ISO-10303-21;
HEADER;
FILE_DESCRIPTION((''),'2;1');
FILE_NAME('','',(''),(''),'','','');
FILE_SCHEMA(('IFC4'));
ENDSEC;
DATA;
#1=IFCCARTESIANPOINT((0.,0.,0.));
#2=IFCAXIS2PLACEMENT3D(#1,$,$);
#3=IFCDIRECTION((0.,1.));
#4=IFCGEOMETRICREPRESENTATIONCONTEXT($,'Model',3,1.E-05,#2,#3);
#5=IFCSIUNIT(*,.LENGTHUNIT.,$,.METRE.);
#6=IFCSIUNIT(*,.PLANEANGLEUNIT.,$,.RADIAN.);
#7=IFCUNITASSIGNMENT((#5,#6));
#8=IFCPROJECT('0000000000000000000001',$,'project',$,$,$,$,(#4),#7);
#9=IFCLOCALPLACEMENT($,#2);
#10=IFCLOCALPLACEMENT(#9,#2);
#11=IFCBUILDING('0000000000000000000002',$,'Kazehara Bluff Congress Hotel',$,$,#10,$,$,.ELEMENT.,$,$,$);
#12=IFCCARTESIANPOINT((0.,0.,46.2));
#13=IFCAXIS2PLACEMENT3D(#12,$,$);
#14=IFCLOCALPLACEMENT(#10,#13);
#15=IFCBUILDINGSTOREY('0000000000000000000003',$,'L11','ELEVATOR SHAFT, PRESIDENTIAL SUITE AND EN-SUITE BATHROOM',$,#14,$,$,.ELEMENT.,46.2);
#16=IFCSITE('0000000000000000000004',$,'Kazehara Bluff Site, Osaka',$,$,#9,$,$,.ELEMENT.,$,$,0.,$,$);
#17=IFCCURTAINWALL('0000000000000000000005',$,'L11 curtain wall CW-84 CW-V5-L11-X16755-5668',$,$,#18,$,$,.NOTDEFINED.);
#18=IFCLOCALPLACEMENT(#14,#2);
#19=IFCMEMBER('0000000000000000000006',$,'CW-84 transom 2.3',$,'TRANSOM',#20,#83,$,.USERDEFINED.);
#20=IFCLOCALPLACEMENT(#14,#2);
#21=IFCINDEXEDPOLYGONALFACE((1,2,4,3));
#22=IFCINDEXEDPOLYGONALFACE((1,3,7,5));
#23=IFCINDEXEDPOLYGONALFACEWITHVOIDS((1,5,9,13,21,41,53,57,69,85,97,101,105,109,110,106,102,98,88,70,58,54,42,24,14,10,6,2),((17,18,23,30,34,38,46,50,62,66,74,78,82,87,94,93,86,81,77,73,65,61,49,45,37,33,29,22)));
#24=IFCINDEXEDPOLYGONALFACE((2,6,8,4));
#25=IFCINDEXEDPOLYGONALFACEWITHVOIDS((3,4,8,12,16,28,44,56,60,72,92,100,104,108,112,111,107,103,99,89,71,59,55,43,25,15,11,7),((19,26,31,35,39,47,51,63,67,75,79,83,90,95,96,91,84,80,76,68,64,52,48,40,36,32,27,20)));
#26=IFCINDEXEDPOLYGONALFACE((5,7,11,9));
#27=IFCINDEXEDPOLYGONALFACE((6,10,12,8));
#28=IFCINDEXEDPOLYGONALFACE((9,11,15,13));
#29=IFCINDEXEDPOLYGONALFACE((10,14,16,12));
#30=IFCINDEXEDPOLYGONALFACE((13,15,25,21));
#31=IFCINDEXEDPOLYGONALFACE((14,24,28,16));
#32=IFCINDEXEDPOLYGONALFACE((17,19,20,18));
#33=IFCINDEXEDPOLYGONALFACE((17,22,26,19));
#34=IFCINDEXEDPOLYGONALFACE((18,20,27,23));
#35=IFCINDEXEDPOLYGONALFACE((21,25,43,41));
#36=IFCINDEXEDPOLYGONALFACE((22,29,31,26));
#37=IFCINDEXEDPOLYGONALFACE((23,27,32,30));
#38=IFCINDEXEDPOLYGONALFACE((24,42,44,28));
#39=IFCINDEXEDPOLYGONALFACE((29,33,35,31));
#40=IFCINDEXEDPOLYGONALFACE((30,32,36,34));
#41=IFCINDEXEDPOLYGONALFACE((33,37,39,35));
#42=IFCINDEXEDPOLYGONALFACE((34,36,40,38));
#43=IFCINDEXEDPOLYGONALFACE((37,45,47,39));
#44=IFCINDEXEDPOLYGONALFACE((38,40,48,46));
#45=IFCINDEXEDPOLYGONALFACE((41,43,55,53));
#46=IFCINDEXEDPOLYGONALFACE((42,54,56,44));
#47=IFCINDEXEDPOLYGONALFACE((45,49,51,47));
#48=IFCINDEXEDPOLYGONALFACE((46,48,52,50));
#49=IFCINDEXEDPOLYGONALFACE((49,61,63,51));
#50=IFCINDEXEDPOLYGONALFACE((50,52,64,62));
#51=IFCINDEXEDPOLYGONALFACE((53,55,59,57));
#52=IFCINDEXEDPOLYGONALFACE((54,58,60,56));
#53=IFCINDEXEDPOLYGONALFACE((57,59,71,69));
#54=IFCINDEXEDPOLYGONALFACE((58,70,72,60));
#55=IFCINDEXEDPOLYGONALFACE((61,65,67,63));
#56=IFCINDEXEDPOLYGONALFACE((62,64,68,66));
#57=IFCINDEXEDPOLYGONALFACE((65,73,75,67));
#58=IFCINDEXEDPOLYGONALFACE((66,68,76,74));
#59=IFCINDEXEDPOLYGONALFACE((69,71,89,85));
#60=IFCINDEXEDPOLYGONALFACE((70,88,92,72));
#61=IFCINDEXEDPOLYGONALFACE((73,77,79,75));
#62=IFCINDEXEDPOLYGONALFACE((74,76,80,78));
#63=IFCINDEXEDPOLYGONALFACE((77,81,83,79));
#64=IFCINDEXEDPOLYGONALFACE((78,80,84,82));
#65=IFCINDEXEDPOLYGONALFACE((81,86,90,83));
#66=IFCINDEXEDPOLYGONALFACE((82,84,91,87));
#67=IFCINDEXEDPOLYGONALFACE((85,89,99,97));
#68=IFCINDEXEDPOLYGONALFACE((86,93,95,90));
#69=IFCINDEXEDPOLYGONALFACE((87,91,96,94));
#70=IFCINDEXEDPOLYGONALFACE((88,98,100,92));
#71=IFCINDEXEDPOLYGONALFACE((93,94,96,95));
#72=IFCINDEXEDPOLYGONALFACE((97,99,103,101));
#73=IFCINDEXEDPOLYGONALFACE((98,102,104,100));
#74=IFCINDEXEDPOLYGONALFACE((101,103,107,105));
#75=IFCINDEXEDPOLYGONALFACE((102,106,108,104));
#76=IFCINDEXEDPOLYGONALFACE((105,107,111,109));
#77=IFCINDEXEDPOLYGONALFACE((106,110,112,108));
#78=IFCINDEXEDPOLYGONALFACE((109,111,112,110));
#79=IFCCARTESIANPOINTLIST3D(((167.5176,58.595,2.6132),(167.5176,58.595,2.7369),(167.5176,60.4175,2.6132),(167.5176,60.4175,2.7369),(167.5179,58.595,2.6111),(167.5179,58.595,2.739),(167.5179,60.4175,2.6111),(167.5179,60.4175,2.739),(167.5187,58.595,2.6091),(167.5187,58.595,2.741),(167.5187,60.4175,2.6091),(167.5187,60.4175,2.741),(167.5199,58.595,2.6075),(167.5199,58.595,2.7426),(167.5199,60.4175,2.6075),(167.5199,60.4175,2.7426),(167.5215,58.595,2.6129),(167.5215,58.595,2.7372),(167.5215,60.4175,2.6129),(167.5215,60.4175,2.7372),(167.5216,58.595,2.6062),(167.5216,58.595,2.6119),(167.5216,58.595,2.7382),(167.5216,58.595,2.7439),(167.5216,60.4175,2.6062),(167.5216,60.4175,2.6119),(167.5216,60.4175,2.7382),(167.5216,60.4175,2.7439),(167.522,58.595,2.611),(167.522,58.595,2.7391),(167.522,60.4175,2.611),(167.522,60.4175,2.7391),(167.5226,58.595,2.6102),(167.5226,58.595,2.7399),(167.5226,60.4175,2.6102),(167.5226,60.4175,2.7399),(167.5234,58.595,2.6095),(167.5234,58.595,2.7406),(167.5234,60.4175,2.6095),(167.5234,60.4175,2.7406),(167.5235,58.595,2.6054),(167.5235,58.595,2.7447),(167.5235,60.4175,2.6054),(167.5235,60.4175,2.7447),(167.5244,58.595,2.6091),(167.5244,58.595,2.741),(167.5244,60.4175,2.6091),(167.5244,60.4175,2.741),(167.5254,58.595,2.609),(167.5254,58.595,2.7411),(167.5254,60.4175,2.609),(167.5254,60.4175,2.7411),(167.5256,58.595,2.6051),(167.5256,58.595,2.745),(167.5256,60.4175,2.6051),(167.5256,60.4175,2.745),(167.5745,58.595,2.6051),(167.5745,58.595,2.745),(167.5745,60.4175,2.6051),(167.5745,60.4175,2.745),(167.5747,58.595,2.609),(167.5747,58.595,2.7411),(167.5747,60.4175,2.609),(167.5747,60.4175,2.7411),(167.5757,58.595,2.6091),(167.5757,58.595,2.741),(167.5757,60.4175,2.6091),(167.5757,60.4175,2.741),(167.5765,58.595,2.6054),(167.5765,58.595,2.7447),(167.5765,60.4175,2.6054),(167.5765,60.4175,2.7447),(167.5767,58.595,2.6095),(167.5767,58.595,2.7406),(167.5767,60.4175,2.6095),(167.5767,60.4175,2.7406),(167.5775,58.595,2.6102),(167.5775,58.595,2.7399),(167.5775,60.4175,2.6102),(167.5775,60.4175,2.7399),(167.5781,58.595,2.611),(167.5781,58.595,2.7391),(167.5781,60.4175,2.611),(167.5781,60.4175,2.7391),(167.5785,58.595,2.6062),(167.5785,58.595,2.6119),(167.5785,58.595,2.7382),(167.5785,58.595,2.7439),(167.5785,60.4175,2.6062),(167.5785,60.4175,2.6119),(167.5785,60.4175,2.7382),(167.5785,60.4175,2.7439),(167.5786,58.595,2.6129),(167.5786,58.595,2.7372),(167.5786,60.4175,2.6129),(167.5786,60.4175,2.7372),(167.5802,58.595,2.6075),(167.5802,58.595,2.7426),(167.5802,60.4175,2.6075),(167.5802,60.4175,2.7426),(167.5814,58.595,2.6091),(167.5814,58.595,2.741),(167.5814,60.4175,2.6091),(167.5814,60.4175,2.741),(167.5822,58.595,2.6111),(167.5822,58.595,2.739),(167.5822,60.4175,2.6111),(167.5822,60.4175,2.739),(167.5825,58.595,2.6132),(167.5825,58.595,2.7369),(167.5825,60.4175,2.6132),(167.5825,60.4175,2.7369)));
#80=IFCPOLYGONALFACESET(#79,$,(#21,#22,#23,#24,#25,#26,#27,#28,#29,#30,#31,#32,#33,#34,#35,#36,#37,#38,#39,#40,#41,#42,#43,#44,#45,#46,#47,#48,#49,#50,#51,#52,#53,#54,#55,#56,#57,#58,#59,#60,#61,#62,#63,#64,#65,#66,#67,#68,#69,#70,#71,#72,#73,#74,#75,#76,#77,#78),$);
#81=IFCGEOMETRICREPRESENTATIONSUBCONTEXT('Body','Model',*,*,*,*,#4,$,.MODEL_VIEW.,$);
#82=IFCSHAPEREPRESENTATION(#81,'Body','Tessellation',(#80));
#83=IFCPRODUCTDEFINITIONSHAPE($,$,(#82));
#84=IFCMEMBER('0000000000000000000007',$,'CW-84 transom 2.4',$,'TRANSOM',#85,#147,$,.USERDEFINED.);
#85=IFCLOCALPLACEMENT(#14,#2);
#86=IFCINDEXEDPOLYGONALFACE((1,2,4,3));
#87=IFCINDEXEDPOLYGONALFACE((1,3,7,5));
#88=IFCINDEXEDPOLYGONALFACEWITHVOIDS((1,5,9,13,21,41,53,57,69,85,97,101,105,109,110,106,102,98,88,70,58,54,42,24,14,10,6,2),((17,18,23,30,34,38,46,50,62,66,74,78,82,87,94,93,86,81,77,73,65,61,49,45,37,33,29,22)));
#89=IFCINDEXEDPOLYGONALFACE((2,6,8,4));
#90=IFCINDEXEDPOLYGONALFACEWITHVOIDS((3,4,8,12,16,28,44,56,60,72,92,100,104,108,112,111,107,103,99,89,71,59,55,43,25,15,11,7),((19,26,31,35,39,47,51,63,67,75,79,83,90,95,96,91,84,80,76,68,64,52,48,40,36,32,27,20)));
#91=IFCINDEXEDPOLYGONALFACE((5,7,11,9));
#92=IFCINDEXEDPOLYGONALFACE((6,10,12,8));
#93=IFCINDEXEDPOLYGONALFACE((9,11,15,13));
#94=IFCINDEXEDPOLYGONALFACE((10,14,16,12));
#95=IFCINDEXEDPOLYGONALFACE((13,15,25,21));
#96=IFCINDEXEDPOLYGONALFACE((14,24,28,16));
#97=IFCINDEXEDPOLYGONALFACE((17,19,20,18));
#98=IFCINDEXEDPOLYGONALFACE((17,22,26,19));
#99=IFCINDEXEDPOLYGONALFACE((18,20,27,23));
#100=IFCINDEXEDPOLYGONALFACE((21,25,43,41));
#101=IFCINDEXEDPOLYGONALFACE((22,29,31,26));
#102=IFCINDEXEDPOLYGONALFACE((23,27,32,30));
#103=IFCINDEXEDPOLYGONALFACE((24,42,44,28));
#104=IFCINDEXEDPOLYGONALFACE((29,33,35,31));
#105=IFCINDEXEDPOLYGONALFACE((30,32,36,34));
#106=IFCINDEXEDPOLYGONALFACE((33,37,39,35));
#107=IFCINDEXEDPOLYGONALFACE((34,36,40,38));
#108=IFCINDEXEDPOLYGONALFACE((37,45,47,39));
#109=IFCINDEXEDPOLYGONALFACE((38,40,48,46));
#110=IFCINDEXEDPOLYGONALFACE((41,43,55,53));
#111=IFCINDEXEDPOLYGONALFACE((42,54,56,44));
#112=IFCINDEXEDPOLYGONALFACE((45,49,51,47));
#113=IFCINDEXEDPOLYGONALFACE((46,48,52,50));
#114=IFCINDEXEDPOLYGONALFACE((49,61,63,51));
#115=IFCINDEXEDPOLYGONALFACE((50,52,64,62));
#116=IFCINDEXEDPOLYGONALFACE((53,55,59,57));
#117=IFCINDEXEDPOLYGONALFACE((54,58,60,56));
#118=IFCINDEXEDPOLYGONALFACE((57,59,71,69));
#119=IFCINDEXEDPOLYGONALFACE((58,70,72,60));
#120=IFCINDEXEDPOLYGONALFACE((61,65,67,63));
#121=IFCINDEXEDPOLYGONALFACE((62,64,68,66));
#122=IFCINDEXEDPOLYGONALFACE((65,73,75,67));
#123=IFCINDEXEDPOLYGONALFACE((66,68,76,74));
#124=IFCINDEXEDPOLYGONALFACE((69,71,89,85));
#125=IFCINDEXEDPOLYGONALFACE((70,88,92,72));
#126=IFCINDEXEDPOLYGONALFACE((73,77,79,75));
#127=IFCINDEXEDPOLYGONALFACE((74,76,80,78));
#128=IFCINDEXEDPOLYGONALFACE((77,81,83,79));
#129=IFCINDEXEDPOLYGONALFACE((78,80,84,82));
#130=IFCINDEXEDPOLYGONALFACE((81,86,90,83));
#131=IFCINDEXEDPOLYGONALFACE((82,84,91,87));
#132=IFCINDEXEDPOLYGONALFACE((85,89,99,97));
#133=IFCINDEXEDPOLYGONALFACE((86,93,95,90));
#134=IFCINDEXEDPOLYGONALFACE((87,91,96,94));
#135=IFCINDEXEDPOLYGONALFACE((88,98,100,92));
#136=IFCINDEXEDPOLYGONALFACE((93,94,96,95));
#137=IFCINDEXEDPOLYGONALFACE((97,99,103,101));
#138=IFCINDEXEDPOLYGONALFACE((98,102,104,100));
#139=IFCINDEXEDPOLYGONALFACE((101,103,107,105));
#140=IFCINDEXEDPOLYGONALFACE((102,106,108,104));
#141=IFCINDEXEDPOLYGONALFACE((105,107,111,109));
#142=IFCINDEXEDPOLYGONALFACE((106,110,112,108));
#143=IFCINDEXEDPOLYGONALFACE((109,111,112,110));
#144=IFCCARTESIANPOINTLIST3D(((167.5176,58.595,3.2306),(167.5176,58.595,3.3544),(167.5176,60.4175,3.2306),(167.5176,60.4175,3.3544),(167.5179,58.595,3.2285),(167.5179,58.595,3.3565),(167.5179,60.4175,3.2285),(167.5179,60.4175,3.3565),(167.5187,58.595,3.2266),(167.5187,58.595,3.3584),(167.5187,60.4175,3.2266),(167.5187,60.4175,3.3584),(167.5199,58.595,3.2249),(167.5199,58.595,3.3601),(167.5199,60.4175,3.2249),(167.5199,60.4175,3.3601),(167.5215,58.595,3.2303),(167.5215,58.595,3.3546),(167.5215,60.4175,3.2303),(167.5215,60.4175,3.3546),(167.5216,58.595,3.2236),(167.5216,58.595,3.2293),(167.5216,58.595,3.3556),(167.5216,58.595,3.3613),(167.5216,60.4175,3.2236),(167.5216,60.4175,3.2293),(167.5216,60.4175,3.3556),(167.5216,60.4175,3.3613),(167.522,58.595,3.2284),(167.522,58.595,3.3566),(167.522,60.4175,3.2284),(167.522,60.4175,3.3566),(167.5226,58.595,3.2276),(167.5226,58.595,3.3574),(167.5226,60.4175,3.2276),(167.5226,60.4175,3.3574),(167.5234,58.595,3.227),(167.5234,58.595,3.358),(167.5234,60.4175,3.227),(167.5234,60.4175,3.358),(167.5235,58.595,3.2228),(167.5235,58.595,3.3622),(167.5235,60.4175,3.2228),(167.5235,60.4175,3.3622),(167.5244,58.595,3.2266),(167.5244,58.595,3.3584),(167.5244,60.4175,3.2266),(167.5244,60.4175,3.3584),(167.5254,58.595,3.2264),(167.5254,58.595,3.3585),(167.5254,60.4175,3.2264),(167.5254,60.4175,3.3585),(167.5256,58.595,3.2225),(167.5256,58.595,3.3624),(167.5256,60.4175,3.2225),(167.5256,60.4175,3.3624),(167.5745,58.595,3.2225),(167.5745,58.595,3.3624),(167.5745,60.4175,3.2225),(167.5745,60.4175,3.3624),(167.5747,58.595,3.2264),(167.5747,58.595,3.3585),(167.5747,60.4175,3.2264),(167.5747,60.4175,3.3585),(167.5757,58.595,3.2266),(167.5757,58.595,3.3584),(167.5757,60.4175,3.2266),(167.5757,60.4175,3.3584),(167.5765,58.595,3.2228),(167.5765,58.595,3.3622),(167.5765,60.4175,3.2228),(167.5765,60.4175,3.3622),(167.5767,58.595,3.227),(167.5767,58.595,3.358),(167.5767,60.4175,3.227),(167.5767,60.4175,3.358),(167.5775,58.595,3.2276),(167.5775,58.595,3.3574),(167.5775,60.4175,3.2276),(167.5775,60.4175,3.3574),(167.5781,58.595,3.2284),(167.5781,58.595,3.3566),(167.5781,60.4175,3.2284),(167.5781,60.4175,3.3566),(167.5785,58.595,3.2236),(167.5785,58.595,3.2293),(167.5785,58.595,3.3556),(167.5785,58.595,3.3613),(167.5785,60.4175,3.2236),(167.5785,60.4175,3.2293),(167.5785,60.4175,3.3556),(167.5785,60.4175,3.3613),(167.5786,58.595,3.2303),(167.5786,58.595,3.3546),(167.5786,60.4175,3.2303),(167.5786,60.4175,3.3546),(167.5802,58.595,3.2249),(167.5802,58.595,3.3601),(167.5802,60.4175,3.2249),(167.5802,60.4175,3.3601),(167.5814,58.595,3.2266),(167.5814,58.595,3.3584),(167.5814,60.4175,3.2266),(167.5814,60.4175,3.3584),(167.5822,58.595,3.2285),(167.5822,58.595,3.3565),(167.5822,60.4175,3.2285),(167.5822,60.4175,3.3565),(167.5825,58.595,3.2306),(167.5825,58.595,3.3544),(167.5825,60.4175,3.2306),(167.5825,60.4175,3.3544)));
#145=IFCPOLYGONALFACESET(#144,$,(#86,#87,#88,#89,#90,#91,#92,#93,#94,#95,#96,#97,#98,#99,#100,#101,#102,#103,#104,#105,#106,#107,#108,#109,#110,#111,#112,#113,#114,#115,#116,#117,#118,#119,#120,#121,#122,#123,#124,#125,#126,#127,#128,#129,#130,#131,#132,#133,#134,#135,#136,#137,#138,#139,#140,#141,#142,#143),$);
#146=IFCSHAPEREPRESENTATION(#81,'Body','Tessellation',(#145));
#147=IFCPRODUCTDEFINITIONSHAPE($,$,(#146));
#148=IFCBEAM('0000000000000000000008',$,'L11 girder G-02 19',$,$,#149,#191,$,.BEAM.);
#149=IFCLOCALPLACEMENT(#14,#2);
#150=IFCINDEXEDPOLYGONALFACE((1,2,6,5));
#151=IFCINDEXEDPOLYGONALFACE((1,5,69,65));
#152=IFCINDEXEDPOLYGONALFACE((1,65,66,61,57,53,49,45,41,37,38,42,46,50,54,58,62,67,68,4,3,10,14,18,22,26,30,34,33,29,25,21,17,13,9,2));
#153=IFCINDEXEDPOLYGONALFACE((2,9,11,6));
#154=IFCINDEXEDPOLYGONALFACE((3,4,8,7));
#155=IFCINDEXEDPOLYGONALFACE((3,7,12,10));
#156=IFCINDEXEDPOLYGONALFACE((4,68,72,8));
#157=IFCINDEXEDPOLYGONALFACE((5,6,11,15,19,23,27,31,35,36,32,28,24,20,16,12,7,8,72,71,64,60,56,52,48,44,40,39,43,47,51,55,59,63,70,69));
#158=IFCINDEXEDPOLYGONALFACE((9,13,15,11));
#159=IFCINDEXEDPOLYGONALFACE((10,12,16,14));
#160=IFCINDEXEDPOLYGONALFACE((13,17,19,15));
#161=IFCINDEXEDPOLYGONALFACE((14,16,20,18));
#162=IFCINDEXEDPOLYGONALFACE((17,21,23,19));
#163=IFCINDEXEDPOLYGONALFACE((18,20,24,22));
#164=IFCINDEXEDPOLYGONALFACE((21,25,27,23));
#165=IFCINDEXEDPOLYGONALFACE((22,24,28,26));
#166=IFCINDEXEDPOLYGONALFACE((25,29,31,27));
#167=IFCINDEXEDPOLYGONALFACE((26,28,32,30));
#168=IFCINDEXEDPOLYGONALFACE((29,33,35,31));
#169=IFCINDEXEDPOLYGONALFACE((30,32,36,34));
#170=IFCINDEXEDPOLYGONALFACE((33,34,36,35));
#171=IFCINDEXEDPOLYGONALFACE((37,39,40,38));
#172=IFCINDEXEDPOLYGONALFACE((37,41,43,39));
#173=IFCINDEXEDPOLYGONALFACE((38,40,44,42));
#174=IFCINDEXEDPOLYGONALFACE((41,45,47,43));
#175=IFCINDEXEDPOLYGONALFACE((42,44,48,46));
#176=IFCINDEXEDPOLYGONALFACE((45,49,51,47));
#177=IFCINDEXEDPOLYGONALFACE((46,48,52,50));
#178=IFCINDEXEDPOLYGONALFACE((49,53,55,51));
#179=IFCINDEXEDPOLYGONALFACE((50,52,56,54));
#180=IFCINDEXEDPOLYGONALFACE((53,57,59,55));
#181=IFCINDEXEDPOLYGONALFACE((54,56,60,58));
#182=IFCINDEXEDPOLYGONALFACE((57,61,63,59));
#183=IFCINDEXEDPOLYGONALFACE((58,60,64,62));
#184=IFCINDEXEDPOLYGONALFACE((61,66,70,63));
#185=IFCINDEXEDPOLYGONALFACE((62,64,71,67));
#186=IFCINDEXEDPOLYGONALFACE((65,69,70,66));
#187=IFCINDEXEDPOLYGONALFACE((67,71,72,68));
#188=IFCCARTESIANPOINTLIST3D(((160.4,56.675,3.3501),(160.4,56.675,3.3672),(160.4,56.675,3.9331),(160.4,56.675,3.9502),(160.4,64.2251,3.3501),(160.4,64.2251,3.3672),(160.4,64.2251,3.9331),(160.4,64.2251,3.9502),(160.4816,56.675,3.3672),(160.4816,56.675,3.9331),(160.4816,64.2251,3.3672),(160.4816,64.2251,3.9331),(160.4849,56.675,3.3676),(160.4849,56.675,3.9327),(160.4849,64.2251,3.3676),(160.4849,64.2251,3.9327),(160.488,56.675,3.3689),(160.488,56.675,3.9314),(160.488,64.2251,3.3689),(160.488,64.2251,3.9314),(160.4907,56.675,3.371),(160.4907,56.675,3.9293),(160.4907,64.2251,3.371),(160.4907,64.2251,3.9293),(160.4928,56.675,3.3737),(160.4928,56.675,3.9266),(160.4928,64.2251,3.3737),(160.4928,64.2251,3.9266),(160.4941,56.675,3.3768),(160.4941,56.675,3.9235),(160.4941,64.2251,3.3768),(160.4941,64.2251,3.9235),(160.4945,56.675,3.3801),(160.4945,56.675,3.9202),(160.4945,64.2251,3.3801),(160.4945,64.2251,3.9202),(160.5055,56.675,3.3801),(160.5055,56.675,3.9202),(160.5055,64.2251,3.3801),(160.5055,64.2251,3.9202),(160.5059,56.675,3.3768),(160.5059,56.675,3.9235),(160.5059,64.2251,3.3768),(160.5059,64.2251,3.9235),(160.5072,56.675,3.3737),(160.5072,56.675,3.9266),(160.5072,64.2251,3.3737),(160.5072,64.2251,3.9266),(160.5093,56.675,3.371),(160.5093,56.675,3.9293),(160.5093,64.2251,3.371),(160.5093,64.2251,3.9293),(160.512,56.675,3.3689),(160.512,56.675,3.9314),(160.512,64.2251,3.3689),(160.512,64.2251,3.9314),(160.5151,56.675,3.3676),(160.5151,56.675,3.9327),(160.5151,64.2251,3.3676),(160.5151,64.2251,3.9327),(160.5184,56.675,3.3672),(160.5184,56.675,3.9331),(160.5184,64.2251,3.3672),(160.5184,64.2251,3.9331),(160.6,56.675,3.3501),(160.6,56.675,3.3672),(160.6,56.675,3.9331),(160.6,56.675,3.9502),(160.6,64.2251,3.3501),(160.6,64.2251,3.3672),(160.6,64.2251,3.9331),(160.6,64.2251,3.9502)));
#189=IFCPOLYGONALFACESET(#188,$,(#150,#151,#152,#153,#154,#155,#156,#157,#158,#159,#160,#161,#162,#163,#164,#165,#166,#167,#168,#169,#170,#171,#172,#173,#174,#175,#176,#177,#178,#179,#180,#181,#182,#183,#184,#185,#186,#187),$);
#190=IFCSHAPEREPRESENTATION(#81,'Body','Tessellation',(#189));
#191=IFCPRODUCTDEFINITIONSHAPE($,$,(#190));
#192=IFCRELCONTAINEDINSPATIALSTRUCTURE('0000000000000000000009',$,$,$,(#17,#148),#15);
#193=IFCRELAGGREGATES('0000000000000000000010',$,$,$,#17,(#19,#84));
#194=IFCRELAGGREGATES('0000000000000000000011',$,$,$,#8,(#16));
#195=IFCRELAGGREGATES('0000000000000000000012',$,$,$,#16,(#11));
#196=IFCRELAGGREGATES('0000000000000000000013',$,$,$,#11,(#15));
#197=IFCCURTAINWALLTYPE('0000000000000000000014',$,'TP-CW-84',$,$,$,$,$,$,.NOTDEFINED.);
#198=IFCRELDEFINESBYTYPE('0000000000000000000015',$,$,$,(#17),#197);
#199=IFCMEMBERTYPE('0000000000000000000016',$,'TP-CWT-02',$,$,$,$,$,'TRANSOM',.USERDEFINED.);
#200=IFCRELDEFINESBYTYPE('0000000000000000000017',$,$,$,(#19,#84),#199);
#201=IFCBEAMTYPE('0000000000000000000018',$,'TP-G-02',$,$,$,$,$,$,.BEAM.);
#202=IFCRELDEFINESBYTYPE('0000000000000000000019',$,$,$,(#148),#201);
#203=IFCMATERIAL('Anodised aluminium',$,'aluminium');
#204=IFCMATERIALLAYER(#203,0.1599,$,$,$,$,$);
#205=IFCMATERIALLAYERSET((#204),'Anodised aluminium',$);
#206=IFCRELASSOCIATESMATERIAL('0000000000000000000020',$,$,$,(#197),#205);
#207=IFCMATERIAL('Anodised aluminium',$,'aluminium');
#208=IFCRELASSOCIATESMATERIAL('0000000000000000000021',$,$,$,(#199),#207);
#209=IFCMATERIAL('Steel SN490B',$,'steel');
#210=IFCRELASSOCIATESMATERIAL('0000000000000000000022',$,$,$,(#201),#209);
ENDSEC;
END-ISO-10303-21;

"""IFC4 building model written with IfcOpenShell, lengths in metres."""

from ifc_helpers import new_model, si_unit, direction, frame, origin, origin_2d, place, context, subcontext, project, spatial, hollow_rectangle, i_section, extrude, material, layer, layer_set, material_profile, profile_set, type_object, element, aggregate, save


model = new_model("IFC4")

# Units and contexts
model_context = context("Model", 3, precision=1e-05, world=origin(), true_north=direction((0.0, 1.0)))
body_context = subcontext(model_context, "Body", "Model", "MODEL_VIEW")
ifc_project = project(units=[si_unit("LENGTHUNIT", "METRE"), si_unit("PLANEANGLEUNIT", "RADIAN")], contexts=[model_context])

# Site, building, storey
site_placement = place(None, origin())
site = spatial("IfcSite", under=ifc_project, at=site_placement, Name="Kazehara Bluff Site, Osaka", CompositionType="ELEMENT", RefElevation=0.0)
building_placement = place(site_placement, origin())
building = spatial("IfcBuilding", under=site, at=building_placement, Name="Kazehara Bluff Congress Hotel", CompositionType="ELEMENT")
storey_placement = place(building_placement, frame((0.0, 0.0, 46.2)))
storey = spatial("IfcBuildingStorey", under=building, at=storey_placement, Name="L11", Description="ELEVATOR SHAFT, PRESIDENTIAL SUITE AND EN-SUITE BATHROOM", CompositionType="ELEMENT", Elevation=46.2)

# Curtain wall, members
ifc_material_1 = material(Name="Anodised aluminium", Category="aluminium")
ifc_layer_1 = layer(ifc_material_1, 0.1599)
ifc_layer_set_1 = layer_set([ifc_layer_1], Name="Anodised aluminium")
curtain_wall_type = type_object("IfcCurtainWallType", Name="TP-CW-84", PredefinedType="NOTDEFINED", material=ifc_layer_set_1)
curtain_wall_placement = place(storey_placement, origin())
curtain_wall = element("IfcCurtainWall", 1, at=curtain_wall_placement, inside=storey, type_object=curtain_wall_type, Name="L11 curtain wall CW-84 CW-V5-L11-X16755-5668", PredefinedType="NOTDEFINED")
ifc_material_2 = material(Name="Anodised aluminium", Category="aluminium")
ifc_material_profile_1 = material_profile(ifc_material_2, hollow_rectangle(XDim=0.0649, YDim=0.1399, WallThickness=0.0039, InnerFilletRadius=0.0039, OuterFilletRadius=0.0081, at=origin_2d()))
ifc_profile_set_1 = profile_set([ifc_material_profile_1], Name="Anodised aluminium")
member_type_1 = type_object("IfcMemberType", Name="TP-CWT-02", ElementType="TRANSOM", PredefinedType="USERDEFINED", material=ifc_profile_set_1)
member_1_placement = place(storey_placement, frame((167.55, 58.595, 2.675), z_axis=(0.0, 1.0, 0.0), x_axis=(-1.0, 0.0, 0.0)))
member_1 = element("IfcMember", 2, at=member_1_placement, type_object=member_type_1, Name="CW-84 transom 2.3", ObjectType="TRANSOM", PredefinedType="USERDEFINED", context=body_context, shape_type="SweptSolid", body=[
    extrude(hollow_rectangle(XDim=0.0649, YDim=0.1399, WallThickness=0.0039, InnerFilletRadius=0.0039, OuterFilletRadius=0.0081, at=origin_2d()), origin(), (0.0, 0.0, 1.0), 1.8225),
])
member_2_placement = place(storey_placement, frame((167.55, 58.595, 3.2925), z_axis=(0.0, 1.0, 0.0), x_axis=(-1.0, 0.0, 0.0)))
member_2 = element("IfcMember", 3, at=member_2_placement, type_object=member_type_1, Name="CW-84 transom 2.4", ObjectType="TRANSOM", PredefinedType="USERDEFINED", context=body_context, shape_type="SweptSolid", body=[
    extrude(hollow_rectangle(XDim=0.0649, YDim=0.1399, WallThickness=0.0039, InnerFilletRadius=0.0039, OuterFilletRadius=0.0081, at=origin_2d()), origin(), (0.0, 0.0, 1.0), 1.8225),
])

# Beam
ifc_material_3 = material(Name="Steel SN490B", Category="steel")
ifc_material_profile_2 = material_profile(ifc_material_3, i_section(OverallWidth=0.2, OverallDepth=0.6001, WebThickness=0.011, FlangeThickness=0.0171, FilletRadius=0.0129, at=origin_2d()))
ifc_profile_set_2 = profile_set([ifc_material_profile_2], Name="Steel SN490B")
beam_type_1 = type_object("IfcBeamType", Name="TP-G-02", PredefinedType="BEAM", material=ifc_profile_set_2)
for number, where, z_axis, x_axis, name in (
    (4, (160.5, 56.675, 3.6501), (0.0, 1.0, 0.0), (-1.0, 0.0, 0.0), "L11 girder G-02 19"),
):
    element("IfcBeam", number, at=place(storey_placement, frame(where, z_axis=z_axis, x_axis=x_axis)), inside=storey, type_object=beam_type_1, Name=name, PredefinedType="BEAM", context=body_context, shape_type="SweptSolid", body=[
        extrude(i_section(OverallWidth=0.2, OverallDepth=0.6001, WebThickness=0.011, FlangeThickness=0.0171, FilletRadius=0.0129, at=origin_2d()), origin(), (0.0, 0.0, 1.0), 7.55),
    ])

aggregate(curtain_wall, [member_1, member_2])

save(model, "model.ifc")
